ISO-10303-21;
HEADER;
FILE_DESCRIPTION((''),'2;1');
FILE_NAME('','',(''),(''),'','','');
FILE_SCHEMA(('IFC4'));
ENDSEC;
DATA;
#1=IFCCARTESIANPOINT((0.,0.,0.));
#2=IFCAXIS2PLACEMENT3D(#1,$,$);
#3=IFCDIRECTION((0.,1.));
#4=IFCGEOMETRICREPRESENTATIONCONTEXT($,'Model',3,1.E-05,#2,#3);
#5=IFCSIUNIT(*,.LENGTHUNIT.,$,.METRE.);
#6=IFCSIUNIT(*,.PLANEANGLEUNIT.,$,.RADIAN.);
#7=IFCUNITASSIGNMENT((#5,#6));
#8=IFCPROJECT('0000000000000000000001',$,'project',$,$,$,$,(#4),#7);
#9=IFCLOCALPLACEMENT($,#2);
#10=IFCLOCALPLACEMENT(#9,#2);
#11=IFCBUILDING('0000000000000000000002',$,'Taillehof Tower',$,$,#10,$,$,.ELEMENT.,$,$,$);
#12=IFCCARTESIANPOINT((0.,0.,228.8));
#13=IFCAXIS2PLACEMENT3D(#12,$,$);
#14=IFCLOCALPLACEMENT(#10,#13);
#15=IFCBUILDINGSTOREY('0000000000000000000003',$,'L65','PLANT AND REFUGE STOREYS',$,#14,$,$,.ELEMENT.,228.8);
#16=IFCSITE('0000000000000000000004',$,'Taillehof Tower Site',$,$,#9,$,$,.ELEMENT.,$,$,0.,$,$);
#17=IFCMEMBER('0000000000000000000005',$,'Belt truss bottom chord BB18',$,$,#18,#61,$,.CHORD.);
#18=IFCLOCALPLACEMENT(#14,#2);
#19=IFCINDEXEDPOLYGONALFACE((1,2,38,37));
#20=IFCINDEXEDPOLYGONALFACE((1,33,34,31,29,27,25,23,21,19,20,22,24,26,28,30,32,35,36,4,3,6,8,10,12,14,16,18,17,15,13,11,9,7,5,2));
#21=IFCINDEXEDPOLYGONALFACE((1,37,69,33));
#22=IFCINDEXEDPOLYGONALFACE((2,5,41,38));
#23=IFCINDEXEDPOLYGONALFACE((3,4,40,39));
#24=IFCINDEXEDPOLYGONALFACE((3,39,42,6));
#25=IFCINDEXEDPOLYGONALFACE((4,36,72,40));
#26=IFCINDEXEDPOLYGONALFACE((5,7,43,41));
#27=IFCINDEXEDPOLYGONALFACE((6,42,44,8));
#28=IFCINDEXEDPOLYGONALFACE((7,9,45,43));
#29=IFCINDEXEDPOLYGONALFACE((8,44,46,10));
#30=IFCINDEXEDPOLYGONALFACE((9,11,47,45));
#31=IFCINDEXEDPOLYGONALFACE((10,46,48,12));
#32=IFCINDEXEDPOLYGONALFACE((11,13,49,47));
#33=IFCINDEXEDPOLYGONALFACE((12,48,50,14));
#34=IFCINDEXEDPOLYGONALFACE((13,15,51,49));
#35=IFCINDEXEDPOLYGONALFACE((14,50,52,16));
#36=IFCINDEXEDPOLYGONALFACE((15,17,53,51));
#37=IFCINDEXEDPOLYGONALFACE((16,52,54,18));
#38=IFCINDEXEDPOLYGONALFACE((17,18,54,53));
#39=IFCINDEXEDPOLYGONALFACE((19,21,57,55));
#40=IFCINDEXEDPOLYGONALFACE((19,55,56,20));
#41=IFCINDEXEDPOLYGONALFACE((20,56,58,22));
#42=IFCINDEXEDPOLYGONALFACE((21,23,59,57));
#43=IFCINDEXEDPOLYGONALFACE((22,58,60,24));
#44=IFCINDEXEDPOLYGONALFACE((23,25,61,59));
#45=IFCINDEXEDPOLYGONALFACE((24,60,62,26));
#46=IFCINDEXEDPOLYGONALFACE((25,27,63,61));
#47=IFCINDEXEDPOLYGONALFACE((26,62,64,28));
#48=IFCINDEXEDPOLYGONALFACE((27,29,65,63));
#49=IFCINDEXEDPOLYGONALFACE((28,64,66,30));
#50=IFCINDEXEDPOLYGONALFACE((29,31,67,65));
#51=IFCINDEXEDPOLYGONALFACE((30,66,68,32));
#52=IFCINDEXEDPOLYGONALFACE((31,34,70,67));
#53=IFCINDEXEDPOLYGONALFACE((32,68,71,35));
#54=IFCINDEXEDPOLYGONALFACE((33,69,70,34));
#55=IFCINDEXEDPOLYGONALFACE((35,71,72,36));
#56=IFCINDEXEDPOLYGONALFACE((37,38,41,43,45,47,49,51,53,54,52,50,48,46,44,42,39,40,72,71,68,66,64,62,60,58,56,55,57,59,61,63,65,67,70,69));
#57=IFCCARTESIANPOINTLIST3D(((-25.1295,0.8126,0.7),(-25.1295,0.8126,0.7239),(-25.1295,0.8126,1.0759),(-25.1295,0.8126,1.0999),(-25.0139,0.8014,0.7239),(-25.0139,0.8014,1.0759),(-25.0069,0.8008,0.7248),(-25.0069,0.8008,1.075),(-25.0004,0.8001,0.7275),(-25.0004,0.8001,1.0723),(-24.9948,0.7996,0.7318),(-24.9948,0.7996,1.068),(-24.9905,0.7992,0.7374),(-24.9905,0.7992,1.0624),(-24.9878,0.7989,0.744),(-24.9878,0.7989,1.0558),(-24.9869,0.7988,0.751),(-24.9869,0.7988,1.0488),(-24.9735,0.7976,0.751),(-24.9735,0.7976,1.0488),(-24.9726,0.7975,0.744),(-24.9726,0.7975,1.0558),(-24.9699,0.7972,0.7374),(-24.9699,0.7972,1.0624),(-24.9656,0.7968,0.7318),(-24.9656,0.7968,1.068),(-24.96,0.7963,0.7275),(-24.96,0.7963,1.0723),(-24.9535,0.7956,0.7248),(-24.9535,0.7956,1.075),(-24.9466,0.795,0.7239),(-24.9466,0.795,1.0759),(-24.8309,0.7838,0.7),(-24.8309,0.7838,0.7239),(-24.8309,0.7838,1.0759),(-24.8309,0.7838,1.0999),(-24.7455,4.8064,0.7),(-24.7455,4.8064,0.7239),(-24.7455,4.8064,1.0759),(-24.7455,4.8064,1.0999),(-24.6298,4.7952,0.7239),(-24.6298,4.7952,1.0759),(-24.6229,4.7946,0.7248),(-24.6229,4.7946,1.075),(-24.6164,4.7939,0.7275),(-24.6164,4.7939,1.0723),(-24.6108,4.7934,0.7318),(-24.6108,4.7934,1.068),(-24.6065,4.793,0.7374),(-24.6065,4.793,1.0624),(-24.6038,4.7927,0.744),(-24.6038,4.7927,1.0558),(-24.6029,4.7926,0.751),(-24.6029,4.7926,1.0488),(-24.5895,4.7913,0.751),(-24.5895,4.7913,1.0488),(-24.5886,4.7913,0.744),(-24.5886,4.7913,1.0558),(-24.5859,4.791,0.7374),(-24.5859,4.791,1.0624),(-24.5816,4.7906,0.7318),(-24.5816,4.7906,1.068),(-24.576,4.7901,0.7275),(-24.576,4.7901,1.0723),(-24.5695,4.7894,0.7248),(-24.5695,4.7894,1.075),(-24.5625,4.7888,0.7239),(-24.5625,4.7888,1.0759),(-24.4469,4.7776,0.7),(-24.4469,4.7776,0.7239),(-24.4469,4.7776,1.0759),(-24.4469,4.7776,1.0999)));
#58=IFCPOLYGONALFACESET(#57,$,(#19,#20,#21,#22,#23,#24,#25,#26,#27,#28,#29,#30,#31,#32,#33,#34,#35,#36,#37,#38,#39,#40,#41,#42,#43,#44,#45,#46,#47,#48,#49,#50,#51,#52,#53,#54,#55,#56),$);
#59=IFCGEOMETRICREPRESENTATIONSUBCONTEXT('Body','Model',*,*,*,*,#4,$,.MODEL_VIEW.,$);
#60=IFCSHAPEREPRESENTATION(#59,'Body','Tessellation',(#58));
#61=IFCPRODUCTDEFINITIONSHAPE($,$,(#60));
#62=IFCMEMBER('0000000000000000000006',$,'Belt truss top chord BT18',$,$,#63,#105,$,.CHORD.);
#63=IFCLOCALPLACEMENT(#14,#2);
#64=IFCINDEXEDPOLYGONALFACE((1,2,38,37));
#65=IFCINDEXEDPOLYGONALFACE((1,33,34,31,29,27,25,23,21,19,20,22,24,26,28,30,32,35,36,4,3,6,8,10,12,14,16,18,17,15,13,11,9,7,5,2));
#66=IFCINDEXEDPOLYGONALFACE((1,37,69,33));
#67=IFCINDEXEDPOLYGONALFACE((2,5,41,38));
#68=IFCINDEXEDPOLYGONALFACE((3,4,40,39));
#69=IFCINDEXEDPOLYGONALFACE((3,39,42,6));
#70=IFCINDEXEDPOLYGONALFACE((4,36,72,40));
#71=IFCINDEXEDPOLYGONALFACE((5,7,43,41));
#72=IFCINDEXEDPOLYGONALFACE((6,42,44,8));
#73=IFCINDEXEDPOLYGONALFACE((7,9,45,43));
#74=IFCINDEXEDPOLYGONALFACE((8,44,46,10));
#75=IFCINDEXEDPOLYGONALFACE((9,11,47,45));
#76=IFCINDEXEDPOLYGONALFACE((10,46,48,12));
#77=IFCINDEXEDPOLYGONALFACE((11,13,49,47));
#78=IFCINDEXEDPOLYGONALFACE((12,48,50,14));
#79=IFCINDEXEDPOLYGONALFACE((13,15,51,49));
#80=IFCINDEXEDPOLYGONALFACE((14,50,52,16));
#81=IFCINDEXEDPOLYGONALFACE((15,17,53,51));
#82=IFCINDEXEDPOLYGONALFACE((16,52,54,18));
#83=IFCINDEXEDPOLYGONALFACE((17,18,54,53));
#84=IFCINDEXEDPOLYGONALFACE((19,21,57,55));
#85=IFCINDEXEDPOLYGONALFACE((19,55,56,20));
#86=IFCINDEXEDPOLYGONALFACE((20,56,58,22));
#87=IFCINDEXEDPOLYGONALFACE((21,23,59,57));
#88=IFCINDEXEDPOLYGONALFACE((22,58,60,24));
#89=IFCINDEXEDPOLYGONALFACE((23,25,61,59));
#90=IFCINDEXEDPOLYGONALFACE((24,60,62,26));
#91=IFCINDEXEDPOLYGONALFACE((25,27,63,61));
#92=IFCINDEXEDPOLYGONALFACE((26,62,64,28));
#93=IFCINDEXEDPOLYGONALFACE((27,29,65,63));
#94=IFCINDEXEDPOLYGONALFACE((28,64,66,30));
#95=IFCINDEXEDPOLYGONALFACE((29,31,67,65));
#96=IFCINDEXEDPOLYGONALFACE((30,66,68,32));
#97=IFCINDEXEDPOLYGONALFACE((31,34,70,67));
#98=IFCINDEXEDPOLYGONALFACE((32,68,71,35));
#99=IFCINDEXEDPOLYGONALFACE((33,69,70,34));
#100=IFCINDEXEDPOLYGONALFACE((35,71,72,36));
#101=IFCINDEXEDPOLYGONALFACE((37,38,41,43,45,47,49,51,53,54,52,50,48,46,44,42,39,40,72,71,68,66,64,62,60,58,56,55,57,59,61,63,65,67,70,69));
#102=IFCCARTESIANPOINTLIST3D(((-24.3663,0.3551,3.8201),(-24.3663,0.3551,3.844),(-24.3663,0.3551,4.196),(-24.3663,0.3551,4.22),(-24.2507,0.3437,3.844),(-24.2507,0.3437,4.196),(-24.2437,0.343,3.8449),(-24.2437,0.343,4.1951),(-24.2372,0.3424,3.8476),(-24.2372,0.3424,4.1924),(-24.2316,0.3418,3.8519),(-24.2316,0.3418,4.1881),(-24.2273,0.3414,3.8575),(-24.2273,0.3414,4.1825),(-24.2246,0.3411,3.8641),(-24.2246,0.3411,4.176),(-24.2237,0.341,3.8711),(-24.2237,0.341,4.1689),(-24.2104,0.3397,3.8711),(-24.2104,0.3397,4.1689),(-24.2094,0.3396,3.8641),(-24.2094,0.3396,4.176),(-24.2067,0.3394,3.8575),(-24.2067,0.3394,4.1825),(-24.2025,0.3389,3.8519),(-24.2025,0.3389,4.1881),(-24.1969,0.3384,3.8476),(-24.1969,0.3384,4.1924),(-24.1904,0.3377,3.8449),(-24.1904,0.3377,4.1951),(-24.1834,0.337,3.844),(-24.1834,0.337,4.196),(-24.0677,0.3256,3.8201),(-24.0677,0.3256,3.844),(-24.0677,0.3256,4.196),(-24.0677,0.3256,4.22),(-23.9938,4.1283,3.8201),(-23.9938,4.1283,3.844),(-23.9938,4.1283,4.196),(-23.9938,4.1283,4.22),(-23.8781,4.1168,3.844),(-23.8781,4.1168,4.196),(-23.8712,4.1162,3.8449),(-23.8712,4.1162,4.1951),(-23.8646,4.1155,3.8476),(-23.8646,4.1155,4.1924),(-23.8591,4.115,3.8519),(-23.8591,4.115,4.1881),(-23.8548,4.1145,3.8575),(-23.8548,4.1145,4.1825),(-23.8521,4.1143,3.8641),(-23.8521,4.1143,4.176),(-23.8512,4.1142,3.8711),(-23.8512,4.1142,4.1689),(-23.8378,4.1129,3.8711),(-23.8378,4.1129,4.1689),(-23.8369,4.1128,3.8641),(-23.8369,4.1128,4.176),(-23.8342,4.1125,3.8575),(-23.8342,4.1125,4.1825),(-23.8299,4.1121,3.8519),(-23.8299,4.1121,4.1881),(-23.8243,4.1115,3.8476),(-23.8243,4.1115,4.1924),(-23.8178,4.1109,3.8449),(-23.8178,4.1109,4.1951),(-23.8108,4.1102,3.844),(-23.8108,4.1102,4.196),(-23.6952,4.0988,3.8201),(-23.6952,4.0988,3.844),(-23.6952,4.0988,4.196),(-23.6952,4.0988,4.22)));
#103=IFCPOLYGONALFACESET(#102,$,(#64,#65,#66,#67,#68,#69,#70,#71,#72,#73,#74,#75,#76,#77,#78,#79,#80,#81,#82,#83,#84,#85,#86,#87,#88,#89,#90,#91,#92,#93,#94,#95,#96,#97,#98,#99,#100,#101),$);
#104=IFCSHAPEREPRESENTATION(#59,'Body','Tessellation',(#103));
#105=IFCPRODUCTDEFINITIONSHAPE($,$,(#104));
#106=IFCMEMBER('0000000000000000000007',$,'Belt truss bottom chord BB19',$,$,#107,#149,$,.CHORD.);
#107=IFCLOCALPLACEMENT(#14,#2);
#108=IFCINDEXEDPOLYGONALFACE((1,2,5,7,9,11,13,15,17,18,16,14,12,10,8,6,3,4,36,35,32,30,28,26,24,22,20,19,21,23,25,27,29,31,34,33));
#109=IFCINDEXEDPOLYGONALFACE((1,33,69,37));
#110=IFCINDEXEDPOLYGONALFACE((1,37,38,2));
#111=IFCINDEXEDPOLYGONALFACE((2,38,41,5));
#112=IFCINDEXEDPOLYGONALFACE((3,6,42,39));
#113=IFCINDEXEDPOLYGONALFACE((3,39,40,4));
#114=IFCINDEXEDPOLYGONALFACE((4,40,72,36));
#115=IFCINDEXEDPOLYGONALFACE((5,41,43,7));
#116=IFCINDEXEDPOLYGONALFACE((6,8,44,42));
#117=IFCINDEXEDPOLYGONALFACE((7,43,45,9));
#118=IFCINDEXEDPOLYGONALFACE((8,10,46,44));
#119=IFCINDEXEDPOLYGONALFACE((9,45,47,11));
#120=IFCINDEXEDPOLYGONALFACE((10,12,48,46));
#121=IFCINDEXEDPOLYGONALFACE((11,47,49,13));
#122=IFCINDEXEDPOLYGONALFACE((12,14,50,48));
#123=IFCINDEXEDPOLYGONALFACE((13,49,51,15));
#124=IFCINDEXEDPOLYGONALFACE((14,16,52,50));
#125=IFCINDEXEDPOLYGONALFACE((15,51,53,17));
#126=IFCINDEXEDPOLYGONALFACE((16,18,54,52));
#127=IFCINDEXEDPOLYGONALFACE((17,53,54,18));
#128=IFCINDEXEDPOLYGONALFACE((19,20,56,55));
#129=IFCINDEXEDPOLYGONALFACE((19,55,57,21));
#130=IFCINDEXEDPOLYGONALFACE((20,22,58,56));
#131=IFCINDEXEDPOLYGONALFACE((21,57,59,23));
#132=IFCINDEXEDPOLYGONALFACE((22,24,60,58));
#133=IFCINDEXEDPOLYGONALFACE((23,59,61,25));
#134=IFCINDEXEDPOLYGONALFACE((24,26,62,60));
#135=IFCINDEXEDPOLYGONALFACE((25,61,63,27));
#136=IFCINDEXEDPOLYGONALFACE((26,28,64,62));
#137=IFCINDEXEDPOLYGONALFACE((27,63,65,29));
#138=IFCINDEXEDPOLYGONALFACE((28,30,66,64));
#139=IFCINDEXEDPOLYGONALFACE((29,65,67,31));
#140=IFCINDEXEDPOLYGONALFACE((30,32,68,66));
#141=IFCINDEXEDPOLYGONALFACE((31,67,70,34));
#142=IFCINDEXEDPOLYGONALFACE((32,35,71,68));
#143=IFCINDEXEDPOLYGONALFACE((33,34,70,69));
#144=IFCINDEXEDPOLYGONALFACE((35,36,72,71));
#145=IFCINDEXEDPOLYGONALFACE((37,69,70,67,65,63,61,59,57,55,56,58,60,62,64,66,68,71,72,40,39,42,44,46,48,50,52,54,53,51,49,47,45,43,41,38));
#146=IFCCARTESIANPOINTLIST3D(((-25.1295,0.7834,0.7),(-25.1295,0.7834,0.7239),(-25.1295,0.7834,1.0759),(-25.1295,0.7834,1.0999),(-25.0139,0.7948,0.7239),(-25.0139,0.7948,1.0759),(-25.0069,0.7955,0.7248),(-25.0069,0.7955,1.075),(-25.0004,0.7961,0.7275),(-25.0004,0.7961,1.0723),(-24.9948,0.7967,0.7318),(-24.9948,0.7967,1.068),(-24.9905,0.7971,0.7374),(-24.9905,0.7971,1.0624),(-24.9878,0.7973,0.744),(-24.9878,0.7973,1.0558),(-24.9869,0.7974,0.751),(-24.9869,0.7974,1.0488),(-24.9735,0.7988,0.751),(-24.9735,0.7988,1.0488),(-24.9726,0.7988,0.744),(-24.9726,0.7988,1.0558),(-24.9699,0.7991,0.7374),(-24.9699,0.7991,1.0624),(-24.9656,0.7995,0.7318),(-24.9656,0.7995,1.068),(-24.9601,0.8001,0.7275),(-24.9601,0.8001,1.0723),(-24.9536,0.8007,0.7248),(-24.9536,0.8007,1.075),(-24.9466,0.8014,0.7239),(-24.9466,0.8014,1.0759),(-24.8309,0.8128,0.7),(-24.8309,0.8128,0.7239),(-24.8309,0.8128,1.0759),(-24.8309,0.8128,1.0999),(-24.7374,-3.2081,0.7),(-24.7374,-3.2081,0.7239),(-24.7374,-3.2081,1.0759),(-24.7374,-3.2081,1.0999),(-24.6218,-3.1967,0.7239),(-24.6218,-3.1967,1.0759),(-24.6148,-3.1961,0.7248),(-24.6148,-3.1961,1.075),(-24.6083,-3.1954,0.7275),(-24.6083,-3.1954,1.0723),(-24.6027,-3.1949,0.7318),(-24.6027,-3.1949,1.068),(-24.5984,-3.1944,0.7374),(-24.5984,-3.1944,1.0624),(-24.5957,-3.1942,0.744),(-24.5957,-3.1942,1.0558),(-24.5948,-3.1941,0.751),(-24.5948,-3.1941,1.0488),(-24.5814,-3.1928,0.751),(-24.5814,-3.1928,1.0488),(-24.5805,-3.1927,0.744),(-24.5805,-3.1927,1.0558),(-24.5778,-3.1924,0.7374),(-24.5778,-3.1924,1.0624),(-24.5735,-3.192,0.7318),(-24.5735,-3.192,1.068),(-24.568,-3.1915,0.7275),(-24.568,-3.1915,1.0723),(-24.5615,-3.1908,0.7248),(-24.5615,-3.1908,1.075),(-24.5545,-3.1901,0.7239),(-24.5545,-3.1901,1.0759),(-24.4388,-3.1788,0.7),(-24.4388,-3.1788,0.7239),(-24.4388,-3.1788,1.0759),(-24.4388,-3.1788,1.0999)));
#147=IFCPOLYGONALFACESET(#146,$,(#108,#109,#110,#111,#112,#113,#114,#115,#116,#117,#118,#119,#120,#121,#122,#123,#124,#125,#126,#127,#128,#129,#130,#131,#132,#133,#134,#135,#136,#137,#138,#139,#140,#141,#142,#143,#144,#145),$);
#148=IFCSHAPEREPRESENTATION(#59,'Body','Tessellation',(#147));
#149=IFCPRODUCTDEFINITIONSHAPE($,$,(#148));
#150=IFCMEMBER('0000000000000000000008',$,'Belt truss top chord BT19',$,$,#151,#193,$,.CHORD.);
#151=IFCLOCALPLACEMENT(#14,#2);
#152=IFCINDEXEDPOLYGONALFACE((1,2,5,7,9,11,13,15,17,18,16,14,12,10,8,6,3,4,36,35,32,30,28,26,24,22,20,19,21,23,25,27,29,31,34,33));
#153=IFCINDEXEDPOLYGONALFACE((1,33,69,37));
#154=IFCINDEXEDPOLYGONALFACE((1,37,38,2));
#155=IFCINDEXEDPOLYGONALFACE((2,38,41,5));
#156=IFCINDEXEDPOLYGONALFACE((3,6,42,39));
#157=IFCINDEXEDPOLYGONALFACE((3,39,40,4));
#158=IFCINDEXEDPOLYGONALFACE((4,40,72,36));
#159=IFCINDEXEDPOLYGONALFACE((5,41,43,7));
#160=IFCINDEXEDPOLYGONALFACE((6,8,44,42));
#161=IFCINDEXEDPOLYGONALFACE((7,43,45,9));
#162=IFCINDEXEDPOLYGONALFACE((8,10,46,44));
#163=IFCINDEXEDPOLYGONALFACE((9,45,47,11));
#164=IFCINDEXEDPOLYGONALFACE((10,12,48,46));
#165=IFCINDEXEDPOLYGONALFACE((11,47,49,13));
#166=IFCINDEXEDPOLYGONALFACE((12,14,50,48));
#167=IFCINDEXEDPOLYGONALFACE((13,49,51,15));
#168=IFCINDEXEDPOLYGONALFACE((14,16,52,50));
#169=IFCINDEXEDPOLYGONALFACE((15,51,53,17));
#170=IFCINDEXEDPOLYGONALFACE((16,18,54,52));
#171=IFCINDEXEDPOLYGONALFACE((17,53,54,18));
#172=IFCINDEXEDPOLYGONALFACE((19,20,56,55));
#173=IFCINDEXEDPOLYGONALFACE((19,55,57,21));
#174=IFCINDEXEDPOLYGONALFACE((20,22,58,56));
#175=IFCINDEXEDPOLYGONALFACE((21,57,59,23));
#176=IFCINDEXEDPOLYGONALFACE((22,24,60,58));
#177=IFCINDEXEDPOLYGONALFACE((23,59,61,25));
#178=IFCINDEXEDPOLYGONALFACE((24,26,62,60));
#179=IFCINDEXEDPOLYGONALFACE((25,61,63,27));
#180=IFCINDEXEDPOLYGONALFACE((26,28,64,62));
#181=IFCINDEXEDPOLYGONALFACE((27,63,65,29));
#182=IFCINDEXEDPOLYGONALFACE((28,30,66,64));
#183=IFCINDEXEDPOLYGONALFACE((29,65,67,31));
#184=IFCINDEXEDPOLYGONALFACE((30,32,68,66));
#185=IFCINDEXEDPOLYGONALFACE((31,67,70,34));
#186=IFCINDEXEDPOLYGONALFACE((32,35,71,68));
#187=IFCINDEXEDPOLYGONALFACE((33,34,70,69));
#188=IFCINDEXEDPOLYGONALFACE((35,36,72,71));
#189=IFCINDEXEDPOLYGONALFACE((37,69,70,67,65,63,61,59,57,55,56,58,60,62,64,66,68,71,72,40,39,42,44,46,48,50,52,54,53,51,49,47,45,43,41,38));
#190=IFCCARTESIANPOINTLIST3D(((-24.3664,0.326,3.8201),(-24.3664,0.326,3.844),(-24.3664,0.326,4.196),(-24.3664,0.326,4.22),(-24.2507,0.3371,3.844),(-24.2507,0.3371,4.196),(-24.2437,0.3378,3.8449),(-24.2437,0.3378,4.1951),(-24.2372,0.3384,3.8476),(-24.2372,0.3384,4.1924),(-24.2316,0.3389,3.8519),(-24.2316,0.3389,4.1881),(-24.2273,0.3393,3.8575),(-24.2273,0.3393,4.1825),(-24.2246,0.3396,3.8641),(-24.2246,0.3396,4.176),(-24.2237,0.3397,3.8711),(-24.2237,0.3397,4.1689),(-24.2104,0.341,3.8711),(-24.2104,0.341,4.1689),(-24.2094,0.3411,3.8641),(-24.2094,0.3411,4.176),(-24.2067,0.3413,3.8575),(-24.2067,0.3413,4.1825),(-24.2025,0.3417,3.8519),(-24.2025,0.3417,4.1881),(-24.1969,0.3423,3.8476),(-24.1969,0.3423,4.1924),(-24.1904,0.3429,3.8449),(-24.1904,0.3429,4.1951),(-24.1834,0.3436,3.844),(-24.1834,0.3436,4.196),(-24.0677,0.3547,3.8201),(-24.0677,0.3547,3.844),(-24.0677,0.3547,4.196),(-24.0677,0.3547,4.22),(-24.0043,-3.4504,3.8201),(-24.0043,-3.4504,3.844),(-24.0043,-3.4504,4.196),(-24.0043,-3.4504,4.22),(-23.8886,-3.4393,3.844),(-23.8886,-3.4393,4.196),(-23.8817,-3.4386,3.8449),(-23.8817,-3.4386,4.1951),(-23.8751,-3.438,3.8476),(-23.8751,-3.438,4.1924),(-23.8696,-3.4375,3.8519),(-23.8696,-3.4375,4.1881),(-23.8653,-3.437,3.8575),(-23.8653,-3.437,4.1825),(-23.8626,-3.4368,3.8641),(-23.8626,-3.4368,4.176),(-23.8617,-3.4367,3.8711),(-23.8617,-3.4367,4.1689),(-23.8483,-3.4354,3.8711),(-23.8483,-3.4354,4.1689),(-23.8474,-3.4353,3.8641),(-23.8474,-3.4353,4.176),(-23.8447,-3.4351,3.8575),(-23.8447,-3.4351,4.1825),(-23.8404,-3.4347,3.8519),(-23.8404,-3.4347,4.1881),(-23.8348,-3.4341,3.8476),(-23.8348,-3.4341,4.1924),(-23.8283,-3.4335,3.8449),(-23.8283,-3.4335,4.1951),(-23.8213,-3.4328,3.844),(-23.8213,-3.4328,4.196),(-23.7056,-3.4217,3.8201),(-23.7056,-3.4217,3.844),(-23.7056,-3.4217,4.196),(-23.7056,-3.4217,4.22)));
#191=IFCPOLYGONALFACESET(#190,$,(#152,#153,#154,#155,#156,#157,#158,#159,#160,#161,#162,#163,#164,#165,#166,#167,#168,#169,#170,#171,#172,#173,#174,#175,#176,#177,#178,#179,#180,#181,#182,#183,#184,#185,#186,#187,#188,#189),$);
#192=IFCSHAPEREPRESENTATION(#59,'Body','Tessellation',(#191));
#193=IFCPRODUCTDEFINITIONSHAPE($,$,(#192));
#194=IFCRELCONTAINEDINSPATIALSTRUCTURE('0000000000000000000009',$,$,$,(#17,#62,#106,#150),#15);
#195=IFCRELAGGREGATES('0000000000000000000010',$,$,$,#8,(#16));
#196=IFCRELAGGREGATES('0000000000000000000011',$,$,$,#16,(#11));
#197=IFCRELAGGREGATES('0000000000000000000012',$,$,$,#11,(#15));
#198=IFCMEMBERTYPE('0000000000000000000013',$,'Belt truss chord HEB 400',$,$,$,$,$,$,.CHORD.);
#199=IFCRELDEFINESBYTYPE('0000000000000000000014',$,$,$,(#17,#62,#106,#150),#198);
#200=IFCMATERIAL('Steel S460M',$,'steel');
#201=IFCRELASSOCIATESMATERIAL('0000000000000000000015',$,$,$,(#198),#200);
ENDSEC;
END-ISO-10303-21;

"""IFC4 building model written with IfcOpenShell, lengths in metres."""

from ifc_helpers import new_model, si_unit, direction, frame, origin, origin_2d, place, context, subcontext, project, spatial, i_section, extrude, material, material_profile, profile_set, type_object, element, save


model = new_model("IFC4")

# Units and contexts
model_context = context("Model", 3, precision=1e-05, world=origin(), true_north=direction((0.0, 1.0)))
body_context = subcontext(model_context, "Body", "Model", "MODEL_VIEW")
ifc_project = project(units=[si_unit("LENGTHUNIT", "METRE"), si_unit("PLANEANGLEUNIT", "RADIAN")], contexts=[model_context])

# Site, building, storey
site_placement = place(None, origin())
site = spatial("IfcSite", under=ifc_project, at=site_placement, Name="Taillehof Tower Site", CompositionType="ELEMENT", RefElevation=0.0)
building_placement = place(site_placement, origin())
building = spatial("IfcBuilding", under=site, at=building_placement, Name="Taillehof Tower", CompositionType="ELEMENT")
storey_placement = place(building_placement, frame((0.0, 0.0, 228.8)))
storey = spatial("IfcBuildingStorey", under=building, at=storey_placement, Name="L65", Description="PLANT AND REFUGE STOREYS", CompositionType="ELEMENT", Elevation=228.8)

# Members
ifc_material_1 = material(Name="Steel S460M", Category="steel")
ifc_material_profile_1 = material_profile(ifc_material_1, i_section(OverallWidth=0.3, OverallDepth=0.3999, WebThickness=0.0134, FlangeThickness=0.0239, FilletRadius=0.0271, at=origin_2d()), Name="HEB 400")
ifc_profile_set_1 = profile_set([ifc_material_profile_1], Name="Steel S460M")
member_type_1 = type_object("IfcMemberType", Name="Belt truss chord HEB 400", PredefinedType="CHORD", material=ifc_profile_set_1)
member_1_placement = place(storey_placement, frame((-24.5962, 4.792, 0.8999), z_axis=(-0.095714, -0.995409, 0.0), x_axis=(0.995409, -0.095714, 0.0)))
element("IfcMember", 1, at=member_1_placement, inside=storey, type_object=member_type_1, Name="Belt truss bottom chord BB18", PredefinedType="CHORD", context=body_context, shape_type="SweptSolid", body=[
    extrude(i_section(OverallWidth=0.3, OverallDepth=0.3999, WebThickness=0.0134, FlangeThickness=0.0239, FilletRadius=0.0271, at=origin_2d()), origin(), (0.0, 0.0, 1.0), 4.0122),
])
member_2_placement = place(storey_placement, frame((-23.8445, 4.1135, 4.02), z_axis=(-0.09826, -0.995161, 0.0), x_axis=(0.995161, -0.09826, 0.0)))
element("IfcMember", 2, at=member_2_placement, inside=storey, type_object=member_type_1, Name="Belt truss top chord BT18", PredefinedType="CHORD", context=body_context, shape_type="SweptSolid", body=[
    extrude(i_section(OverallWidth=0.3, OverallDepth=0.3999, WebThickness=0.0134, FlangeThickness=0.0239, FilletRadius=0.0271, at=origin_2d()), origin(), (0.0, 0.0, 1.0), 3.7915),
])
member_3_placement = place(storey_placement, frame((-24.9802, 0.7981, 0.8999), z_axis=(0.097762, -0.99521, 0.0), x_axis=(0.99521, 0.097762, 0.0)))
element("IfcMember", 3, at=member_3_placement, inside=storey, type_object=member_type_1, Name="Belt truss bottom chord BB19", PredefinedType="CHORD", context=body_context, shape_type="SweptSolid", body=[
    extrude(i_section(OverallWidth=0.3, OverallDepth=0.3999, WebThickness=0.0134, FlangeThickness=0.0239, FilletRadius=0.0271, at=origin_2d()), origin(), (0.0, 0.0, 1.0), 4.0107),
])
member_4_placement = place(storey_placement, frame((-24.217, 0.3403, 4.02), z_axis=(0.095438, -0.995435, 0.0), x_axis=(0.995435, 0.095438, 0.0)))
element("IfcMember", 4, at=member_4_placement, inside=storey, type_object=member_type_1, Name="Belt truss top chord BT19", PredefinedType="CHORD", context=body_context, shape_type="SweptSolid", body=[
    extrude(i_section(OverallWidth=0.3, OverallDepth=0.3999, WebThickness=0.0134, FlangeThickness=0.0239, FilletRadius=0.0271, at=origin_2d()), origin(), (0.0, 0.0, 1.0), 3.7937),
])

save(model, "model.ifc")
